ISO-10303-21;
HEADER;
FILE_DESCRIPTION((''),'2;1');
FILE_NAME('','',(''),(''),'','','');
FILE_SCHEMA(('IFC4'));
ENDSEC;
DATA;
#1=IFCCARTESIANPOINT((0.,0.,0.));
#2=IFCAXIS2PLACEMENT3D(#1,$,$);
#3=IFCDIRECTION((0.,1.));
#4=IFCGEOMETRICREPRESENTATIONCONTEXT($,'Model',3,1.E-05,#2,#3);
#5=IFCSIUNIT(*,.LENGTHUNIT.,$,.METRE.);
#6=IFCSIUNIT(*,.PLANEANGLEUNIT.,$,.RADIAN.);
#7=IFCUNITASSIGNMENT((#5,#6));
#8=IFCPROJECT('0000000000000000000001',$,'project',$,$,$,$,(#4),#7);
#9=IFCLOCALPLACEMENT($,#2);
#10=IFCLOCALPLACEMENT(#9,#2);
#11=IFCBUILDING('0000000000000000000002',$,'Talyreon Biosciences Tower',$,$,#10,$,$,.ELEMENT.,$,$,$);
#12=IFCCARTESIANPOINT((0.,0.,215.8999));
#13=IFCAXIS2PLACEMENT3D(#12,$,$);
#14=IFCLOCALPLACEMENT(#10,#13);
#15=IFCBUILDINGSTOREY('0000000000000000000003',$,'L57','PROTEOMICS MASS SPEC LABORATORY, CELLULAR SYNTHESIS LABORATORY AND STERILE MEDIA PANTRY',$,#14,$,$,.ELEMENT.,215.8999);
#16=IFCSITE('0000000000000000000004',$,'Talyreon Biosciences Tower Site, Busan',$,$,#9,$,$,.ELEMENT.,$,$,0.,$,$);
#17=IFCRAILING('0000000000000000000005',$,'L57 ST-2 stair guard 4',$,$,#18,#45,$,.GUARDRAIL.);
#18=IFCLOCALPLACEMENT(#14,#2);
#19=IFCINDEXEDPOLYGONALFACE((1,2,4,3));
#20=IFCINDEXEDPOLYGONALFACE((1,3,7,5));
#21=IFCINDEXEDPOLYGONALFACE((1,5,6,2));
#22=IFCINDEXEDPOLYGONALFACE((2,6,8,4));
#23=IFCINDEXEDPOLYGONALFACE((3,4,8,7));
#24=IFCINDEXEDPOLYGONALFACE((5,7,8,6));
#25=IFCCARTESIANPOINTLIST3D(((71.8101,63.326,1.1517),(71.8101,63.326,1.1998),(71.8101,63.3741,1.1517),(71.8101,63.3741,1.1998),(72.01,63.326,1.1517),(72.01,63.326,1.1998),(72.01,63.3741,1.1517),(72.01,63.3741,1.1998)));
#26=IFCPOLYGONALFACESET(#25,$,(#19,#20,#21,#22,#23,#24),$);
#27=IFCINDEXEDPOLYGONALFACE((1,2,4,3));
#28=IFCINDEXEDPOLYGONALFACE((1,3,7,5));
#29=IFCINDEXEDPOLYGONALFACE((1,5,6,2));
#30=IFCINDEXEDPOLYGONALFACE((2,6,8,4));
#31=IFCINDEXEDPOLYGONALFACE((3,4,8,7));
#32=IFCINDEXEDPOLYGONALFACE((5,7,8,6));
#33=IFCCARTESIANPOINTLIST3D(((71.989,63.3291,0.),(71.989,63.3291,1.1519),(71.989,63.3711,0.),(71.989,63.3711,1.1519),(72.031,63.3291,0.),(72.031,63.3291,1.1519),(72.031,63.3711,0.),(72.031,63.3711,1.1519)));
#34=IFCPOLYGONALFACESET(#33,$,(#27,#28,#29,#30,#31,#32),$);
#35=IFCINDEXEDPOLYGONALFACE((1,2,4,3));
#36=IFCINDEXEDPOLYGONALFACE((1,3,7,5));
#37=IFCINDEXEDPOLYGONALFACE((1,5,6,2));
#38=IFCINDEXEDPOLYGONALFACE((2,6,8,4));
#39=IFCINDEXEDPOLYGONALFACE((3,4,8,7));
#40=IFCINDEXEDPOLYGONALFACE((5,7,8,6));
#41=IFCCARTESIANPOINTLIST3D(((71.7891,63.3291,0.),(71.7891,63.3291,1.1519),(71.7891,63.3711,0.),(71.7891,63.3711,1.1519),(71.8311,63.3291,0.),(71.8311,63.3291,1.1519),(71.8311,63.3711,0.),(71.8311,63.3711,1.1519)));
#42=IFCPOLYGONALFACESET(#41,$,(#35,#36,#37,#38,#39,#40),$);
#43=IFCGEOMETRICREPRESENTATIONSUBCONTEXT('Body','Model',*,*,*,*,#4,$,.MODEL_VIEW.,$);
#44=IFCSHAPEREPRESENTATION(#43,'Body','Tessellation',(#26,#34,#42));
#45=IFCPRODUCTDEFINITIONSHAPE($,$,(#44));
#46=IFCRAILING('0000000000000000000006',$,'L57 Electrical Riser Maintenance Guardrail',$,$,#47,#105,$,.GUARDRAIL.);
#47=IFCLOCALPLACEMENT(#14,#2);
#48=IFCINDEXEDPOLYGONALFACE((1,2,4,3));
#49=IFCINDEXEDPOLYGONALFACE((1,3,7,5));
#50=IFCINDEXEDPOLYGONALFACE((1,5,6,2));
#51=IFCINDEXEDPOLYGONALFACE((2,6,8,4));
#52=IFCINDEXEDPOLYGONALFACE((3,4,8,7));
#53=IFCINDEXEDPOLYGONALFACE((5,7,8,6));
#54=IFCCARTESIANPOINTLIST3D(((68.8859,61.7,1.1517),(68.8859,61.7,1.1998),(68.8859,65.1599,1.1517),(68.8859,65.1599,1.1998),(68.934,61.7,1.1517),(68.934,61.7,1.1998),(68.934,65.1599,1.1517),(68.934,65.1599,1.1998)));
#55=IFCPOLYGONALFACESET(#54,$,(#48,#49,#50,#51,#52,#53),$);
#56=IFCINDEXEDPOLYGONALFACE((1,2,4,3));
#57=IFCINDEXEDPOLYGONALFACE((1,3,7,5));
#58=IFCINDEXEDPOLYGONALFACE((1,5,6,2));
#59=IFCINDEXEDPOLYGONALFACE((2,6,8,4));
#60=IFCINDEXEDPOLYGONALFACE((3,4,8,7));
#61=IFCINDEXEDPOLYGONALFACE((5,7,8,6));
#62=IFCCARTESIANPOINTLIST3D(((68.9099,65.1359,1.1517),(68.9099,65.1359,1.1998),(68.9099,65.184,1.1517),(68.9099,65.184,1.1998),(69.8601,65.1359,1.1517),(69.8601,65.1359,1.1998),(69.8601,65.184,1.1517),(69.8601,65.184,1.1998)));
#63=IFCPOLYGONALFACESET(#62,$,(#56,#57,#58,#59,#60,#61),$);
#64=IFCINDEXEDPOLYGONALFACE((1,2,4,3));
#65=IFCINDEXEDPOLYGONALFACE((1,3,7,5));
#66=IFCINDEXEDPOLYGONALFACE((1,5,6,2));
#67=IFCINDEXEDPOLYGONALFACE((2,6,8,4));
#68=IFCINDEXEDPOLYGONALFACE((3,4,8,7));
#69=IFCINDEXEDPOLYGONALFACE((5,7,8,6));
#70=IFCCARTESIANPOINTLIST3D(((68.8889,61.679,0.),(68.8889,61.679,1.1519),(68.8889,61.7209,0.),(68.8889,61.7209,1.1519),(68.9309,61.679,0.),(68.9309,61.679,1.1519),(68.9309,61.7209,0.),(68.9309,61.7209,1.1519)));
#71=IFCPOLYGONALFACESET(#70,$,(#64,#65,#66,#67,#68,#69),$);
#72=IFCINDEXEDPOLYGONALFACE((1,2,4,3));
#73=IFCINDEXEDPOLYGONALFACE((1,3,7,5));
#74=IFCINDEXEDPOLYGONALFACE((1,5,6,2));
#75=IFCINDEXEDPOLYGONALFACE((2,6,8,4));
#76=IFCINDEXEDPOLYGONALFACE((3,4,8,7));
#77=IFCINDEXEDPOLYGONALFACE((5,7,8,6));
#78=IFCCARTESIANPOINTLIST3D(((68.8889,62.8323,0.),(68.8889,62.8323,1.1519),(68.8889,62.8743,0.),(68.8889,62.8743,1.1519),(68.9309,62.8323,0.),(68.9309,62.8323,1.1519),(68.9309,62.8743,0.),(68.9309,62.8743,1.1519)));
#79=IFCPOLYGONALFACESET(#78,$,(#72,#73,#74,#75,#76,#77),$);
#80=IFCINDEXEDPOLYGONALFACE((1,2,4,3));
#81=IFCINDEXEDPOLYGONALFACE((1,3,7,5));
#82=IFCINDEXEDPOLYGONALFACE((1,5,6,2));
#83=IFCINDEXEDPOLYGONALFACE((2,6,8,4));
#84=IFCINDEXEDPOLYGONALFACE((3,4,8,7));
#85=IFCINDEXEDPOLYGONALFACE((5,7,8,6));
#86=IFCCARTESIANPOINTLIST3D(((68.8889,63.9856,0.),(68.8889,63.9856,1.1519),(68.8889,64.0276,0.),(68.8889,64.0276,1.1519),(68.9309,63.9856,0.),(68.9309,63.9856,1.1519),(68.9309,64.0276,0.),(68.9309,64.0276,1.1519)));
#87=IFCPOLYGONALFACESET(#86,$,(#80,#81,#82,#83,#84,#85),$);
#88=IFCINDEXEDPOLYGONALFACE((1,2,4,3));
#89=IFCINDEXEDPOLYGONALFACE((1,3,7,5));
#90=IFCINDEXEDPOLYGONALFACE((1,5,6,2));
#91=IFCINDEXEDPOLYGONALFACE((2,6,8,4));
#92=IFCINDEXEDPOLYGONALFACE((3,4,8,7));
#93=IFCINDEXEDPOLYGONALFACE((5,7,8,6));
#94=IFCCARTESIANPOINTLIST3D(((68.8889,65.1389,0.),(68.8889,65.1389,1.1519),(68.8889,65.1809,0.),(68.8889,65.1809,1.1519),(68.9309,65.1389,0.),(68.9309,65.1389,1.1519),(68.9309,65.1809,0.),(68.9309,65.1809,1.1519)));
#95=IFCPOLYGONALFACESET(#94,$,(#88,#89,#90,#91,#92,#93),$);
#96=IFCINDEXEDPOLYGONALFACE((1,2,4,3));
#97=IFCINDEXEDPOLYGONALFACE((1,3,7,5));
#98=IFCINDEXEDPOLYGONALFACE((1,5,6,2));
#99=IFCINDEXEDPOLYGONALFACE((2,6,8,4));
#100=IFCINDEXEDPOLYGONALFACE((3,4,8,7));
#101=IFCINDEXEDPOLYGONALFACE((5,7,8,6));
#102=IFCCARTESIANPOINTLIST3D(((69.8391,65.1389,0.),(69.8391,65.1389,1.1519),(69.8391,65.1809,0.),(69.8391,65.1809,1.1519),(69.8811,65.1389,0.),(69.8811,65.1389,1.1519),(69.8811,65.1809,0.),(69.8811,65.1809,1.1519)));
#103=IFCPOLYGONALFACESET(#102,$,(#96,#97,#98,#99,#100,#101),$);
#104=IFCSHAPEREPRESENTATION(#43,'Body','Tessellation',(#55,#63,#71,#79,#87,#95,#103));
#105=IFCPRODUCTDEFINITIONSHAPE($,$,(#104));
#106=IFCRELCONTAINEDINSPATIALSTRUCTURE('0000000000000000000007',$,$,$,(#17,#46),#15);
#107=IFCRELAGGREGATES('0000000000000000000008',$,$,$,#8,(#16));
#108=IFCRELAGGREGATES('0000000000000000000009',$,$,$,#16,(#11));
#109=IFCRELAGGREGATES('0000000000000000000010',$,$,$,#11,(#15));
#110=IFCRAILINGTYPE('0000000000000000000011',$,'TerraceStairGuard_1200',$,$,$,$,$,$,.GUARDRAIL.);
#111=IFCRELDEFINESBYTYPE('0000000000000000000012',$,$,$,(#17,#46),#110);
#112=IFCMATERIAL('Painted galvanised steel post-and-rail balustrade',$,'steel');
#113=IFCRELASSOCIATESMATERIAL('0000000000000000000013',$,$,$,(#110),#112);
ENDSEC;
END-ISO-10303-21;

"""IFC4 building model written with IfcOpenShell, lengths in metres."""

from ifc_helpers import new_model, si_unit, direction, frame, origin, origin_2d, place, context, subcontext, project, spatial, rectangle, extrude, material, type_object, element, save


model = new_model("IFC4")

# Units and contexts
model_context = context("Model", 3, precision=1e-05, world=origin(), true_north=direction((0.0, 1.0)))
body_context = subcontext(model_context, "Body", "Model", "MODEL_VIEW")
ifc_project = project(units=[si_unit("LENGTHUNIT", "METRE"), si_unit("PLANEANGLEUNIT", "RADIAN")], contexts=[model_context])

# Site, building, storey
site_placement = place(None, origin())
site = spatial("IfcSite", under=ifc_project, at=site_placement, Name="Talyreon Biosciences Tower Site, Busan", CompositionType="ELEMENT", RefElevation=0.0)
building_placement = place(site_placement, origin())
building = spatial("IfcBuilding", under=site, at=building_placement, Name="Talyreon Biosciences Tower", CompositionType="ELEMENT")
storey_placement = place(building_placement, frame((0.0, 0.0, 215.8999)))
storey = spatial("IfcBuildingStorey", under=building, at=storey_placement, Name="L57", Description="PROTEOMICS MASS SPEC LABORATORY, CELLULAR SYNTHESIS LABORATORY AND STERILE MEDIA PANTRY", CompositionType="ELEMENT", Elevation=215.8999)

# Railings
ifc_material_1 = material(Name="Painted galvanised steel post-and-rail balustrade", Category="steel")
railing_type_1 = type_object("IfcRailingType", Name="TerraceStairGuard_1200", PredefinedType="GUARDRAIL", material=ifc_material_1)
railing_1_placement = place(storey_placement, frame((72.01, 63.3501, 0.0)))
element("IfcRailing", 1, at=railing_1_placement, inside=storey, type_object=railing_type_1, Name="L57 ST-2 stair guard 4", PredefinedType="GUARDRAIL", context=body_context, shape_type="SweptSolid", body=[
    extrude(rectangle(XDim=0.0481, YDim=0.0481, at=origin_2d()), frame((0.0, 0.0, 1.1758), z_axis=(-1.0, 0.0, 0.0), x_axis=(0.0, -1.0, 0.0)), (0.0, 0.0, 1.0), 0.2),
    extrude(rectangle(XDim=0.042, YDim=0.042, at=origin_2d()), origin(), (0.0, 0.0, 1.0), 1.1519),
    extrude(rectangle(XDim=0.042, YDim=0.042, at=origin_2d()), frame((-0.2, 0.0, 0.0)), (0.0, 0.0, 1.0), 1.1519),
])
railing_2_placement = place(storey_placement, frame((68.9099, 61.7, 0.0)))
element("IfcRailing", 2, at=railing_2_placement, inside=storey, type_object=railing_type_1, Name="L57 Electrical Riser Maintenance Guardrail", PredefinedType="GUARDRAIL", context=body_context, shape_type="SweptSolid", body=[
    extrude(rectangle(XDim=0.0481, YDim=0.0481, at=origin_2d()), frame((0.0, 0.0, 1.1758), z_axis=(0.0, 1.0, 0.0), x_axis=(-1.0, 0.0, 0.0)), (0.0, 0.0, 1.0), 3.46),
    extrude(rectangle(XDim=0.0481, YDim=0.0481, at=origin_2d()), frame((0.0, 3.46, 1.1758), z_axis=(1.0, 0.0, 0.0), x_axis=(0.0, 1.0, 0.0)), (0.0, 0.0, 1.0), 0.9502),
    extrude(rectangle(XDim=0.042, YDim=0.042, at=origin_2d()), origin(), (0.0, 0.0, 1.0), 1.1519),
    extrude(rectangle(XDim=0.042, YDim=0.042, at=origin_2d()), frame((0.0, 1.1533, 0.0)), (0.0, 0.0, 1.0), 1.1519),
    extrude(rectangle(XDim=0.042, YDim=0.042, at=origin_2d()), frame((0.0, 2.3066, 0.0)), (0.0, 0.0, 1.0), 1.1519),
    extrude(rectangle(XDim=0.042, YDim=0.042, at=origin_2d()), frame((0.0, 3.46, 0.0)), (0.0, 0.0, 1.0), 1.1519),
    extrude(rectangle(XDim=0.042, YDim=0.042, at=origin_2d()), frame((0.9502, 3.46, 0.0)), (0.0, 0.0, 1.0), 1.1519),
])

save(model, "model.ifc")
